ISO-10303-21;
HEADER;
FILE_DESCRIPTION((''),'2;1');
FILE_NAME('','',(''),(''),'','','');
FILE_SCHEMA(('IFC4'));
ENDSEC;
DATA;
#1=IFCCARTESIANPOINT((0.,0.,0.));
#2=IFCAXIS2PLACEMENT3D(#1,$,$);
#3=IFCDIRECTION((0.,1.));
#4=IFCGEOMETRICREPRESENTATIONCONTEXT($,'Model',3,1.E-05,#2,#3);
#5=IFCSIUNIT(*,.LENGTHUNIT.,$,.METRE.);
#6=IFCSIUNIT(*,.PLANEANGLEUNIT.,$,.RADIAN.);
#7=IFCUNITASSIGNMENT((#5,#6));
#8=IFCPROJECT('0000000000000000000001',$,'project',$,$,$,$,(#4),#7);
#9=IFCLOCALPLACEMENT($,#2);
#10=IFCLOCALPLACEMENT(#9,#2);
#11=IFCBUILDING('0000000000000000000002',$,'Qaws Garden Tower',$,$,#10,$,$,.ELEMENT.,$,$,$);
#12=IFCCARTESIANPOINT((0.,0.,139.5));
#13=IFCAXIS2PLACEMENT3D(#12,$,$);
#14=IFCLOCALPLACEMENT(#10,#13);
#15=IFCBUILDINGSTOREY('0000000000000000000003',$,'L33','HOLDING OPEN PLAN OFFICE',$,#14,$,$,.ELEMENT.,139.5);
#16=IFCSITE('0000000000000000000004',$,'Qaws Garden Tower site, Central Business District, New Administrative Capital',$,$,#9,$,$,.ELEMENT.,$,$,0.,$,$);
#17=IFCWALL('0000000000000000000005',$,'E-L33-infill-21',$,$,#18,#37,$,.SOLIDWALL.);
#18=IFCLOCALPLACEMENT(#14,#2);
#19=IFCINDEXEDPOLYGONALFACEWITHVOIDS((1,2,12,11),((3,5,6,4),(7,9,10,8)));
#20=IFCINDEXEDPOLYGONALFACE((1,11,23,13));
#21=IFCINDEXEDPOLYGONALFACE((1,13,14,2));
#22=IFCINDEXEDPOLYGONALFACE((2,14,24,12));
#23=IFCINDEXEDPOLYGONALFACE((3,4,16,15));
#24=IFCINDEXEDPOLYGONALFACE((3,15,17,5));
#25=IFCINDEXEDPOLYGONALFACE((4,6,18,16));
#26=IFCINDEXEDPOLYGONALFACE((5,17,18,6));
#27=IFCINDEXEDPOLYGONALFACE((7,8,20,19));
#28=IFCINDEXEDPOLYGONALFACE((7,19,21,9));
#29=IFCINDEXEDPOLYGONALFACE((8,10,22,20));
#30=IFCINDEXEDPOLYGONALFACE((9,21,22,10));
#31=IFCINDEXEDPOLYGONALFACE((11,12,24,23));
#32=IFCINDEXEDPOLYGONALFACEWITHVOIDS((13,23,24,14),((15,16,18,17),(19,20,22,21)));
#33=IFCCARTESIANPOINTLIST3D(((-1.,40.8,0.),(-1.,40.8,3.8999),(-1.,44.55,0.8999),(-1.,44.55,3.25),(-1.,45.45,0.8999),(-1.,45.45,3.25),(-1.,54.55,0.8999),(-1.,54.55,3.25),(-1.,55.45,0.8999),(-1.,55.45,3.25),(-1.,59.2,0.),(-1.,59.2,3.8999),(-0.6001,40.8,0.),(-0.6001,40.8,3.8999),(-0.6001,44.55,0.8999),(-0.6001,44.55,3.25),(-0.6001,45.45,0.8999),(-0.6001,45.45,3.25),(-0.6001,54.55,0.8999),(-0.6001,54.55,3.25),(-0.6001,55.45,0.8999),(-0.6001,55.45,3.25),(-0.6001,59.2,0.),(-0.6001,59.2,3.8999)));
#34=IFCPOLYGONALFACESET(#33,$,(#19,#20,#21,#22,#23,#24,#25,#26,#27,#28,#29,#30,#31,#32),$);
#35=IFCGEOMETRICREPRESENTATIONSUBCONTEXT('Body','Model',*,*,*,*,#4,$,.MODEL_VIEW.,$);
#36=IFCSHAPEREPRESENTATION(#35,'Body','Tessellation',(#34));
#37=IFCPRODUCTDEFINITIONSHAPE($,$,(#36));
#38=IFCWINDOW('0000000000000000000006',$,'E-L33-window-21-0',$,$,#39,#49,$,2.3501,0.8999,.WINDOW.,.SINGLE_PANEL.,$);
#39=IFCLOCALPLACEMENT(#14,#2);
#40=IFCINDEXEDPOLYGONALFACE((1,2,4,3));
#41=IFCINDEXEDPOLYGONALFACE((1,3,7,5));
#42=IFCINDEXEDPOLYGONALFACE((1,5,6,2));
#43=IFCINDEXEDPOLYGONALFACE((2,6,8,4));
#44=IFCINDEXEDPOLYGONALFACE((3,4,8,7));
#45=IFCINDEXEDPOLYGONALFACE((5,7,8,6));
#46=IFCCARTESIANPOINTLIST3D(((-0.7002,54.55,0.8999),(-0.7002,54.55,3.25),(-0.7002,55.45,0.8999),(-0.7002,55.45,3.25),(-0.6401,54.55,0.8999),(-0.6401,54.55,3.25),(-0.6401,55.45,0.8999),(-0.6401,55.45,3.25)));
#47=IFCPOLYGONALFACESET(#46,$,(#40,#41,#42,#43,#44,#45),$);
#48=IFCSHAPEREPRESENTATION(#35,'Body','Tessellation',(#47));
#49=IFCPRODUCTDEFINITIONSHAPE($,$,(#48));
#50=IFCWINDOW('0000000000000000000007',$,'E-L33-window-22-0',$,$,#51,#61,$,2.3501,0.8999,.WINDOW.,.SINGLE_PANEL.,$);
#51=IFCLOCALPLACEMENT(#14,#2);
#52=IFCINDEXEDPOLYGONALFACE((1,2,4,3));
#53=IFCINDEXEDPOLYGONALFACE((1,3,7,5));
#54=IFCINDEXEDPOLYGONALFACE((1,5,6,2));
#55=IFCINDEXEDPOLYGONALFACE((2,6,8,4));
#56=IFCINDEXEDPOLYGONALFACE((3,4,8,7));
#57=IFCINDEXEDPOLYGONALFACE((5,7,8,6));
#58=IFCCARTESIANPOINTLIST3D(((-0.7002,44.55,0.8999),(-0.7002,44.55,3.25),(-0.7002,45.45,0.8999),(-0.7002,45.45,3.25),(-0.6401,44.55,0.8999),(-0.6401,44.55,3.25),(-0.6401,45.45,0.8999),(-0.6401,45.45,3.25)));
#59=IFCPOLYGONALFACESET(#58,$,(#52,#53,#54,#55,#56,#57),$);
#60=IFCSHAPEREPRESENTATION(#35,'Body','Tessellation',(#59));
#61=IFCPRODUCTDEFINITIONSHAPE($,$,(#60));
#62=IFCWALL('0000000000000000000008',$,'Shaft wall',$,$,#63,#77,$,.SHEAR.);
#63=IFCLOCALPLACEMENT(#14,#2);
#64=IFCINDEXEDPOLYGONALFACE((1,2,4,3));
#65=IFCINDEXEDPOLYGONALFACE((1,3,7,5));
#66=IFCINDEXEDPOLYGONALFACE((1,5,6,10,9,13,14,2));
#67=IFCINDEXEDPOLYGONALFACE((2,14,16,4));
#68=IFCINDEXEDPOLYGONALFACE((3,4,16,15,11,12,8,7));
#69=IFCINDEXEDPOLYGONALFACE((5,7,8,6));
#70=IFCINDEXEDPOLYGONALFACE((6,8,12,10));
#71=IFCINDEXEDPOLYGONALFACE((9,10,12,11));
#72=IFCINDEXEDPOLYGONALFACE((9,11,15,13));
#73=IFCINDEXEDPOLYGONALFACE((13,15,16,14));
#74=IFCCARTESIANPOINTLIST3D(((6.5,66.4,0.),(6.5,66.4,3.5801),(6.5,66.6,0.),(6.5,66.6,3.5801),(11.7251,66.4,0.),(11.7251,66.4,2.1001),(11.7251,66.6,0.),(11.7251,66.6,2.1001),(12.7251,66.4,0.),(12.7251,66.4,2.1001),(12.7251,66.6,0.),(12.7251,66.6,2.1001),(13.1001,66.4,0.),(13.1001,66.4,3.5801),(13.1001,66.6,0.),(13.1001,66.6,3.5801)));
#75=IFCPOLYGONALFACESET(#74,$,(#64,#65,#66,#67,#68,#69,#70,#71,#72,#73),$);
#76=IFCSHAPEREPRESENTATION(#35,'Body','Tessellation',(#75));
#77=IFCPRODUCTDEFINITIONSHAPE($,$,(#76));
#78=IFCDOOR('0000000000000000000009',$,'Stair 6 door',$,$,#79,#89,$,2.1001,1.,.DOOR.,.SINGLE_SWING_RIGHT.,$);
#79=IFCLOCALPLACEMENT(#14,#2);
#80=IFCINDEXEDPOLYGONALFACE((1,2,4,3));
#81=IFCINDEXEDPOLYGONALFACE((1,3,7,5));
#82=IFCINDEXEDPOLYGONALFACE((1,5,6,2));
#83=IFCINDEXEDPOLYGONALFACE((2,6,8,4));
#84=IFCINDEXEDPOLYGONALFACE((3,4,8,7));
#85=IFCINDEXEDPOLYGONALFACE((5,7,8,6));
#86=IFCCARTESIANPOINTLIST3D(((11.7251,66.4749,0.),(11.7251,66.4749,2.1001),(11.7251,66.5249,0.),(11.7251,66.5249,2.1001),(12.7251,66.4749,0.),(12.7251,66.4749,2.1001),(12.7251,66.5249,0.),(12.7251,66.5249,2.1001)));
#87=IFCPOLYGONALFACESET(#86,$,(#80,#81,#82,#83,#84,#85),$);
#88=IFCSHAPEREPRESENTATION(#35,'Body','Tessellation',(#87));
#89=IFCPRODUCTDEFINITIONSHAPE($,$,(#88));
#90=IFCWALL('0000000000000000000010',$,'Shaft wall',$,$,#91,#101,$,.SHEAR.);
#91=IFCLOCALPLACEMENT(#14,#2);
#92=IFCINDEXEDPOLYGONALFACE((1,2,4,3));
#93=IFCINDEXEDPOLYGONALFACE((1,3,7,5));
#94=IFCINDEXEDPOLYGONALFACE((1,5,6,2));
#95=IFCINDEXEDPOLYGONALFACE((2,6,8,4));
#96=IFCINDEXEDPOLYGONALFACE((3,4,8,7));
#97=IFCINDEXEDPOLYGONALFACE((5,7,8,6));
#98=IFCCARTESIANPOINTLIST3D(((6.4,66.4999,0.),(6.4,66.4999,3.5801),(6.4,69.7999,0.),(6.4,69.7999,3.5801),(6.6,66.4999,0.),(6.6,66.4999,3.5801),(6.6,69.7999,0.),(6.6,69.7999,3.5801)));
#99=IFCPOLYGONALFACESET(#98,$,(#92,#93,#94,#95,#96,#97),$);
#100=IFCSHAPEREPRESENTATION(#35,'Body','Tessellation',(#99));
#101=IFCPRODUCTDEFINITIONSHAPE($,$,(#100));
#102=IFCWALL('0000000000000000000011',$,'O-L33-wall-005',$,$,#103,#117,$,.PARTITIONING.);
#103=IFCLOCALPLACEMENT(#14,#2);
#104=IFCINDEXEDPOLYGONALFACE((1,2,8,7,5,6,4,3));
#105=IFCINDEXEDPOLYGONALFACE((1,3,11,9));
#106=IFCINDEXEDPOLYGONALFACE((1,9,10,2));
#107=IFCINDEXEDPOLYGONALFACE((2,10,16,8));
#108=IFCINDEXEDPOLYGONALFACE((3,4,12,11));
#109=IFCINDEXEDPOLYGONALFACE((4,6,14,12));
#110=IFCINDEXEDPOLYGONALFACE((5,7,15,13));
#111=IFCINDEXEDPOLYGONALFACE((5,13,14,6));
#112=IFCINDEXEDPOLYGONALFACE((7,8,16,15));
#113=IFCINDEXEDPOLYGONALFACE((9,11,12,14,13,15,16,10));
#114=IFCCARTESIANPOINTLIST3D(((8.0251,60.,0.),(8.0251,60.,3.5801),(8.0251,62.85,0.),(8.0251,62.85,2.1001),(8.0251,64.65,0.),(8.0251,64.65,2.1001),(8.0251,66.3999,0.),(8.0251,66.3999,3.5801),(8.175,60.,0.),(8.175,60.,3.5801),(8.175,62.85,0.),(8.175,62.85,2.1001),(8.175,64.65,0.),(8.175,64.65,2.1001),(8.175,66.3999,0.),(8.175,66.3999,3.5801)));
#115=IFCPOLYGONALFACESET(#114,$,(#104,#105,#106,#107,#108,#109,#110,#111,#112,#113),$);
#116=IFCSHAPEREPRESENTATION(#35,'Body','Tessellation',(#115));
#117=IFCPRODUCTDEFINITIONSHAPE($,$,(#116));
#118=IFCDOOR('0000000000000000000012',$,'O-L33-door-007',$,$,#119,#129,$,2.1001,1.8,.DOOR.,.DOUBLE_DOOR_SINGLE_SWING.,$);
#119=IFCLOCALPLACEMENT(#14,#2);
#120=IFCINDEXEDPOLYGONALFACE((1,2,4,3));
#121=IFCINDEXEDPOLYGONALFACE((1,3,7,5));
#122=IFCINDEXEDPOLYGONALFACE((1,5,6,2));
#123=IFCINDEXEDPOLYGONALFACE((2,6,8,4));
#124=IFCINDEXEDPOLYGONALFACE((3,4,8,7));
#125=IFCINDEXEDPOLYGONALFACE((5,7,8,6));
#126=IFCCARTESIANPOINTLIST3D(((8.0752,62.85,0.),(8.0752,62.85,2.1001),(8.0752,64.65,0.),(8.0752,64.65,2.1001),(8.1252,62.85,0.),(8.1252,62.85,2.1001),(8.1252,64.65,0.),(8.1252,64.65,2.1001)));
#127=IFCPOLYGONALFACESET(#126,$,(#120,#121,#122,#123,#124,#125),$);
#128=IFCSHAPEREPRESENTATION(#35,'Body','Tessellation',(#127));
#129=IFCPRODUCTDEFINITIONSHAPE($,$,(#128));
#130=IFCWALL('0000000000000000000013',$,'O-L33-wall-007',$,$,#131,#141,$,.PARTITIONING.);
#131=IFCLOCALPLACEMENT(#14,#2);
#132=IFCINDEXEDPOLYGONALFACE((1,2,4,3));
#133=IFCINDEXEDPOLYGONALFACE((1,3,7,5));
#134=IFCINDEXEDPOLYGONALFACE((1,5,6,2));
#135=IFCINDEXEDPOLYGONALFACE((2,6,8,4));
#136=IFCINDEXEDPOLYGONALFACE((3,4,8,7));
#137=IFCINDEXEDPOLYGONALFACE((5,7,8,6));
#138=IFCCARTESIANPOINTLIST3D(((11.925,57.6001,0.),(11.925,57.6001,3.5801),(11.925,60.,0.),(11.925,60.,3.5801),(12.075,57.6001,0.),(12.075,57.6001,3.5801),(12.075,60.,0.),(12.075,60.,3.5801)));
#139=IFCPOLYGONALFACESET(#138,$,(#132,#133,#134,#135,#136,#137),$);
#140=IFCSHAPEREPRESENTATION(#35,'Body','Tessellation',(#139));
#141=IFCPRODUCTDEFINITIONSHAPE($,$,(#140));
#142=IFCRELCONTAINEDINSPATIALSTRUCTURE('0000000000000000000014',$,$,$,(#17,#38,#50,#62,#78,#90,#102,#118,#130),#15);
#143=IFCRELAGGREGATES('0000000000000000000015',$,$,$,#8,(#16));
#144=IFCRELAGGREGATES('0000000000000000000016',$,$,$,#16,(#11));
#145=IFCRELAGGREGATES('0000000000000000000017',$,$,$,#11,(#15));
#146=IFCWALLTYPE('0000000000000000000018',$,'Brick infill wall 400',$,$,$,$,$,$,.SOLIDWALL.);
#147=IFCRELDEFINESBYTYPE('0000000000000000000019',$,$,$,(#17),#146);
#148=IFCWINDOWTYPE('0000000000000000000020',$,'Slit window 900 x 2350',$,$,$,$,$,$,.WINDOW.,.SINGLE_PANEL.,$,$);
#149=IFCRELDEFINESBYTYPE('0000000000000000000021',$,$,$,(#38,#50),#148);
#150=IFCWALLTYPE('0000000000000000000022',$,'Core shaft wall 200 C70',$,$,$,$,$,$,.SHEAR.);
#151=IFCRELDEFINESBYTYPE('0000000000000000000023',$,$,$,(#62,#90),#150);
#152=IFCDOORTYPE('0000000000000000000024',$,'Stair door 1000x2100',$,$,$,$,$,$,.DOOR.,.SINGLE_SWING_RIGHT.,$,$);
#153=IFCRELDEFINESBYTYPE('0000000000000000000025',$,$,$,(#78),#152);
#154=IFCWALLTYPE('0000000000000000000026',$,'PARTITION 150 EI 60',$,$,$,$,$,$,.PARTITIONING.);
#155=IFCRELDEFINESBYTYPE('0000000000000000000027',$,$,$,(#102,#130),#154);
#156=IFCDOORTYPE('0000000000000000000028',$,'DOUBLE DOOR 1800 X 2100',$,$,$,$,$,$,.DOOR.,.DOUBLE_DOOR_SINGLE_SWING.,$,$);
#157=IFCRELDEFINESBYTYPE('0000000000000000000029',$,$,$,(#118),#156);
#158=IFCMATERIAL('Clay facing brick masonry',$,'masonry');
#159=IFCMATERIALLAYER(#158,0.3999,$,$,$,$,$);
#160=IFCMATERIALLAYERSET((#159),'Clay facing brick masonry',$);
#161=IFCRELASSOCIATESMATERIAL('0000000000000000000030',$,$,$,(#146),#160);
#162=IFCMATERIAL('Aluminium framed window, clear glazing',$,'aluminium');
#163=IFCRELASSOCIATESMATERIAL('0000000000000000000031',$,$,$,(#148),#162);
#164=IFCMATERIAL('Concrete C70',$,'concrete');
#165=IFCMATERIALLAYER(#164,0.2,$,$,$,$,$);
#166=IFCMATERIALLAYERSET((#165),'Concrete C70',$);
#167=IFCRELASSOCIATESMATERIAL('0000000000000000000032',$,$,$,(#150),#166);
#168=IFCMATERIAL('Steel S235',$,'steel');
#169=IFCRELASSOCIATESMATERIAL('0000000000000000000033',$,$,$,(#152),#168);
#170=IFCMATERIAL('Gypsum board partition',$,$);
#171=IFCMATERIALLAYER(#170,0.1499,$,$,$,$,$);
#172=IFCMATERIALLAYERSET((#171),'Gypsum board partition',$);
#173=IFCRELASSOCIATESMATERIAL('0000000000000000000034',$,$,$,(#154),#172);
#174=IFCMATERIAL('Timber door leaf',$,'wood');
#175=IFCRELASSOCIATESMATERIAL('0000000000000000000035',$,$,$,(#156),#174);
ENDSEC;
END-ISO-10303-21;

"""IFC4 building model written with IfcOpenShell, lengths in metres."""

from ifc_helpers import new_model, si_unit, direction, frame, frame_2d, origin, place, context, subcontext, project, spatial, rectangle, extrude, material, layer, layer_set, type_object, element, fill, save


model = new_model("IFC4")

# Units and contexts
model_context = context("Model", 3, precision=1e-05, world=origin(), true_north=direction((0.0, 1.0)))
body_context = subcontext(model_context, "Body", "Model", "MODEL_VIEW")
ifc_project = project(units=[si_unit("LENGTHUNIT", "METRE"), si_unit("PLANEANGLEUNIT", "RADIAN")], contexts=[model_context])

# Site, building, storey
site_placement = place(None, origin())
site = spatial("IfcSite", under=ifc_project, at=site_placement, Name="Qaws Garden Tower site, Central Business District, New Administrative Capital", CompositionType="ELEMENT", RefElevation=0.0)
building_placement = place(site_placement, origin())
building = spatial("IfcBuilding", under=site, at=building_placement, Name="Qaws Garden Tower", CompositionType="ELEMENT")
storey_placement = place(building_placement, frame((0.0, 0.0, 139.5)))
storey = spatial("IfcBuildingStorey", under=building, at=storey_placement, Name="L33", Description="HOLDING OPEN PLAN OFFICE", CompositionType="ELEMENT", Elevation=139.5)

# Shared definitions
ifc_material_1 = material(Name="Clay facing brick masonry", Category="masonry")
ifc_layer_1 = layer(ifc_material_1, 0.3999)
ifc_layer_set_1 = layer_set([ifc_layer_1], Name="Clay facing brick masonry")
wall_type_1 = type_object("IfcWallType", Name="Brick infill wall 400", PredefinedType="SOLIDWALL", material=ifc_layer_set_1)

# Wall, openings, windows
wall_1_placement = place(storey_placement, frame((-0.8, 59.2, 0.0), z_axis=(0.0, 0.0, 1.0), x_axis=(0.0, -1.0, 0.0)))
wall_1 = element("IfcWall", 1, at=wall_1_placement, inside=storey, type_object=wall_type_1, Name="E-L33-infill-21", PredefinedType="SOLIDWALL", context=body_context, shape_type="SweptSolid", body=[
    extrude(rectangle(XDim=18.3999, YDim=0.3999, at=frame_2d((9.2, 0.0))), origin(), (0.0, 0.0, 1.0), 3.8999),
])
opening_1_placement = place(wall_1_placement, frame((3.75, 0.0, 0.8999)))
opening_1 = element("IfcOpeningElement", 2, at=opening_1_placement, cuts=wall_1, PredefinedType="OPENING", context=body_context, shape_type="SweptSolid", body=[
    extrude(rectangle(XDim=0.8999, YDim=2.3501, at=frame_2d((0.45, 1.175))), frame((0.0, 0.21, 0.0), z_axis=(0.0, -1.0, 0.0), x_axis=(1.0, 0.0, 0.0)), (0.0, 0.0, 1.0), 0.4199),
])
opening_2_placement = place(wall_1_placement, frame((13.75, 0.0, 0.8999)))
opening_2 = element("IfcOpeningElement", 3, at=opening_2_placement, cuts=wall_1, PredefinedType="OPENING", context=body_context, shape_type="SweptSolid", body=[
    extrude(rectangle(XDim=0.8999, YDim=2.3501, at=frame_2d((0.45, 1.175))), frame((0.0, 0.21, 0.0), z_axis=(0.0, -1.0, 0.0), x_axis=(1.0, 0.0, 0.0)), (0.0, 0.0, 1.0), 0.4199),
])
ifc_material_2 = material(Name="Aluminium framed window, clear glazing", Category="aluminium")
window_type_1 = type_object("IfcWindowType", Name="Slit window 900 x 2350", PartitioningType="SINGLE_PANEL", PredefinedType="WINDOW", material=ifc_material_2)
window_1_placement = place(opening_1_placement, origin())
window_1 = element("IfcWindow", 4, at=window_1_placement, inside=storey, type_object=window_type_1, Name="E-L33-window-21-0", OverallHeight=2.3501, OverallWidth=0.8999, PartitioningType="SINGLE_PANEL", PredefinedType="WINDOW", context=body_context, shape_type="SweptSolid", body=[
    extrude(rectangle(XDim=0.8999, YDim=2.3501, at=frame_2d((0.45, 1.175))), frame((0.0, 0.1599, 0.0), z_axis=(0.0, -1.0, 0.0), x_axis=(1.0, 0.0, 0.0)), (0.0, 0.0, 1.0), 0.0601),
])
fill(opening_1, window_1)
window_2_placement = place(opening_2_placement, origin())
window_2 = element("IfcWindow", 5, at=window_2_placement, inside=storey, type_object=window_type_1, Name="E-L33-window-22-0", OverallHeight=2.3501, OverallWidth=0.8999, PartitioningType="SINGLE_PANEL", PredefinedType="WINDOW", context=body_context, shape_type="SweptSolid", body=[
    extrude(rectangle(XDim=0.8999, YDim=2.3501, at=frame_2d((0.45, 1.175))), frame((0.0, 0.1599, 0.0), z_axis=(0.0, -1.0, 0.0), x_axis=(1.0, 0.0, 0.0)), (0.0, 0.0, 1.0), 0.0601),
])
fill(opening_2, window_2)

# Wall, opening, door
ifc_material_3 = material(Name="Concrete C70", Category="concrete")
ifc_layer_2 = layer(ifc_material_3, 0.2)
ifc_layer_set_2 = layer_set([ifc_layer_2], Name="Concrete C70")
wall_type_2 = type_object("IfcWallType", Name="Core shaft wall 200 C70", PredefinedType="SHEAR", material=ifc_layer_set_2)
wall_2_placement = place(storey_placement, frame((6.5, 66.5, 0.0), z_axis=(0.0, 0.0, 1.0), x_axis=(1.0, 0.0, 0.0)))
wall_2 = element("IfcWall", 6, at=wall_2_placement, inside=storey, type_object=wall_type_2, Name="Shaft wall", PredefinedType="SHEAR", context=body_context, shape_type="SweptSolid", body=[
    extrude(rectangle(XDim=6.6001, YDim=0.2, at=frame_2d((3.3, 0.0))), origin(), (0.0, 0.0, 1.0), 3.5801),
])
opening_3_placement = place(wall_2_placement, frame((5.2251, 0.0, 0.0)))
opening_3 = element("IfcOpeningElement", 7, at=opening_3_placement, cuts=wall_2, PredefinedType="OPENING", context=body_context, shape_type="SweptSolid", body=[
    extrude(rectangle(XDim=1.0, YDim=2.1001, at=frame_2d((0.5, 1.05))), frame((0.0, 0.1099, 0.0), z_axis=(0.0, -1.0, 0.0), x_axis=(1.0, 0.0, 0.0)), (0.0, 0.0, 1.0), 0.22),
])
ifc_material_4 = material(Name="Steel S235", Category="steel")
door_type_1 = type_object("IfcDoorType", Name="Stair door 1000x2100", OperationType="SINGLE_SWING_RIGHT", PredefinedType="DOOR", material=ifc_material_4)
door_1_placement = place(opening_3_placement, origin())
door_1 = element("IfcDoor", 8, at=door_1_placement, inside=storey, type_object=door_type_1, Name="Stair 6 door", OperationType="SINGLE_SWING_RIGHT", OverallHeight=2.1001, OverallWidth=1.0, PredefinedType="DOOR", context=body_context, shape_type="SweptSolid", body=[
    extrude(rectangle(XDim=1.0, YDim=2.1001, at=frame_2d((0.5, 1.05))), frame((0.0, 0.0249, 0.0), z_axis=(0.0, -1.0, 0.0), x_axis=(1.0, 0.0, 0.0)), (0.0, 0.0, 1.0), 0.05),
])
fill(opening_3, door_1)

# Wall
wall_3_placement = place(storey_placement, frame((6.5, 66.5, 0.0), z_axis=(0.0, 0.0, 1.0), x_axis=(0.0, 1.0, 0.0)))
element("IfcWall", 9, at=wall_3_placement, inside=storey, type_object=wall_type_2, Name="Shaft wall", PredefinedType="SHEAR", context=body_context, shape_type="SweptSolid", body=[
    extrude(rectangle(XDim=3.3, YDim=0.2, at=frame_2d((1.6499, 0.0))), origin(), (0.0, 0.0, 1.0), 3.5801),
])

# Wall, opening, door
ifc_material_5 = material(Name="Gypsum board partition")
ifc_layer_3 = layer(ifc_material_5, 0.1499)
ifc_layer_set_3 = layer_set([ifc_layer_3], Name="Gypsum board partition")
wall_type_3 = type_object("IfcWallType", Name="PARTITION 150 EI 60", PredefinedType="PARTITIONING", material=ifc_layer_set_3)
wall_4_placement = place(storey_placement, frame((8.1001, 60.0, 0.0), z_axis=(0.0, 0.0, 1.0), x_axis=(0.0, 1.0, 0.0)))
wall_4 = element("IfcWall", 10, at=wall_4_placement, inside=storey, type_object=wall_type_3, Name="O-L33-wall-005", PredefinedType="PARTITIONING", context=body_context, shape_type="SweptSolid", body=[
    extrude(rectangle(XDim=6.3999, YDim=0.1499, at=frame_2d((3.2, 0.0))), origin(), (0.0, 0.0, 1.0), 3.5801),
])
opening_4_placement = place(wall_4_placement, frame((2.8501, 0.0, 0.0)))
opening_4 = element("IfcOpeningElement", 11, at=opening_4_placement, cuts=wall_4, PredefinedType="OPENING", context=body_context, shape_type="SweptSolid", body=[
    extrude(rectangle(XDim=1.8, YDim=2.1001, at=frame_2d((0.8999, 1.05))), frame((0.0, 0.085, 0.0), z_axis=(0.0, -1.0, 0.0), x_axis=(1.0, 0.0, 0.0)), (0.0, 0.0, 1.0), 0.1699),
])
ifc_material_6 = material(Name="Timber door leaf", Category="wood")
door_type_2 = type_object("IfcDoorType", Name="DOUBLE DOOR 1800 X 2100", OperationType="DOUBLE_DOOR_SINGLE_SWING", PredefinedType="DOOR", material=ifc_material_6)
door_2_placement = place(opening_4_placement, origin())
door_2 = element("IfcDoor", 12, at=door_2_placement, inside=storey, type_object=door_type_2, Name="O-L33-door-007", OperationType="DOUBLE_DOOR_SINGLE_SWING", OverallHeight=2.1001, OverallWidth=1.8, PredefinedType="DOOR", context=body_context, shape_type="SweptSolid", body=[
    extrude(rectangle(XDim=1.8, YDim=2.1001, at=frame_2d((0.8999, 1.05))), frame((0.0, 0.0249, 0.0), z_axis=(0.0, -1.0, 0.0), x_axis=(1.0, 0.0, 0.0)), (0.0, 0.0, 1.0), 0.05),
])
fill(opening_4, door_2)

# Wall
wall_5_placement = place(storey_placement, frame((12.0, 57.6001, 0.0), z_axis=(0.0, 0.0, 1.0), x_axis=(0.0, 1.0, 0.0)))
element("IfcWall", 13, at=wall_5_placement, inside=storey, type_object=wall_type_3, Name="O-L33-wall-007", PredefinedType="PARTITIONING", context=body_context, shape_type="SweptSolid", body=[
    extrude(rectangle(XDim=2.3999, YDim=0.1499, at=frame_2d((1.2, 0.0))), origin(), (0.0, 0.0, 1.0), 3.5801),
])

save(model, "model.ifc")
